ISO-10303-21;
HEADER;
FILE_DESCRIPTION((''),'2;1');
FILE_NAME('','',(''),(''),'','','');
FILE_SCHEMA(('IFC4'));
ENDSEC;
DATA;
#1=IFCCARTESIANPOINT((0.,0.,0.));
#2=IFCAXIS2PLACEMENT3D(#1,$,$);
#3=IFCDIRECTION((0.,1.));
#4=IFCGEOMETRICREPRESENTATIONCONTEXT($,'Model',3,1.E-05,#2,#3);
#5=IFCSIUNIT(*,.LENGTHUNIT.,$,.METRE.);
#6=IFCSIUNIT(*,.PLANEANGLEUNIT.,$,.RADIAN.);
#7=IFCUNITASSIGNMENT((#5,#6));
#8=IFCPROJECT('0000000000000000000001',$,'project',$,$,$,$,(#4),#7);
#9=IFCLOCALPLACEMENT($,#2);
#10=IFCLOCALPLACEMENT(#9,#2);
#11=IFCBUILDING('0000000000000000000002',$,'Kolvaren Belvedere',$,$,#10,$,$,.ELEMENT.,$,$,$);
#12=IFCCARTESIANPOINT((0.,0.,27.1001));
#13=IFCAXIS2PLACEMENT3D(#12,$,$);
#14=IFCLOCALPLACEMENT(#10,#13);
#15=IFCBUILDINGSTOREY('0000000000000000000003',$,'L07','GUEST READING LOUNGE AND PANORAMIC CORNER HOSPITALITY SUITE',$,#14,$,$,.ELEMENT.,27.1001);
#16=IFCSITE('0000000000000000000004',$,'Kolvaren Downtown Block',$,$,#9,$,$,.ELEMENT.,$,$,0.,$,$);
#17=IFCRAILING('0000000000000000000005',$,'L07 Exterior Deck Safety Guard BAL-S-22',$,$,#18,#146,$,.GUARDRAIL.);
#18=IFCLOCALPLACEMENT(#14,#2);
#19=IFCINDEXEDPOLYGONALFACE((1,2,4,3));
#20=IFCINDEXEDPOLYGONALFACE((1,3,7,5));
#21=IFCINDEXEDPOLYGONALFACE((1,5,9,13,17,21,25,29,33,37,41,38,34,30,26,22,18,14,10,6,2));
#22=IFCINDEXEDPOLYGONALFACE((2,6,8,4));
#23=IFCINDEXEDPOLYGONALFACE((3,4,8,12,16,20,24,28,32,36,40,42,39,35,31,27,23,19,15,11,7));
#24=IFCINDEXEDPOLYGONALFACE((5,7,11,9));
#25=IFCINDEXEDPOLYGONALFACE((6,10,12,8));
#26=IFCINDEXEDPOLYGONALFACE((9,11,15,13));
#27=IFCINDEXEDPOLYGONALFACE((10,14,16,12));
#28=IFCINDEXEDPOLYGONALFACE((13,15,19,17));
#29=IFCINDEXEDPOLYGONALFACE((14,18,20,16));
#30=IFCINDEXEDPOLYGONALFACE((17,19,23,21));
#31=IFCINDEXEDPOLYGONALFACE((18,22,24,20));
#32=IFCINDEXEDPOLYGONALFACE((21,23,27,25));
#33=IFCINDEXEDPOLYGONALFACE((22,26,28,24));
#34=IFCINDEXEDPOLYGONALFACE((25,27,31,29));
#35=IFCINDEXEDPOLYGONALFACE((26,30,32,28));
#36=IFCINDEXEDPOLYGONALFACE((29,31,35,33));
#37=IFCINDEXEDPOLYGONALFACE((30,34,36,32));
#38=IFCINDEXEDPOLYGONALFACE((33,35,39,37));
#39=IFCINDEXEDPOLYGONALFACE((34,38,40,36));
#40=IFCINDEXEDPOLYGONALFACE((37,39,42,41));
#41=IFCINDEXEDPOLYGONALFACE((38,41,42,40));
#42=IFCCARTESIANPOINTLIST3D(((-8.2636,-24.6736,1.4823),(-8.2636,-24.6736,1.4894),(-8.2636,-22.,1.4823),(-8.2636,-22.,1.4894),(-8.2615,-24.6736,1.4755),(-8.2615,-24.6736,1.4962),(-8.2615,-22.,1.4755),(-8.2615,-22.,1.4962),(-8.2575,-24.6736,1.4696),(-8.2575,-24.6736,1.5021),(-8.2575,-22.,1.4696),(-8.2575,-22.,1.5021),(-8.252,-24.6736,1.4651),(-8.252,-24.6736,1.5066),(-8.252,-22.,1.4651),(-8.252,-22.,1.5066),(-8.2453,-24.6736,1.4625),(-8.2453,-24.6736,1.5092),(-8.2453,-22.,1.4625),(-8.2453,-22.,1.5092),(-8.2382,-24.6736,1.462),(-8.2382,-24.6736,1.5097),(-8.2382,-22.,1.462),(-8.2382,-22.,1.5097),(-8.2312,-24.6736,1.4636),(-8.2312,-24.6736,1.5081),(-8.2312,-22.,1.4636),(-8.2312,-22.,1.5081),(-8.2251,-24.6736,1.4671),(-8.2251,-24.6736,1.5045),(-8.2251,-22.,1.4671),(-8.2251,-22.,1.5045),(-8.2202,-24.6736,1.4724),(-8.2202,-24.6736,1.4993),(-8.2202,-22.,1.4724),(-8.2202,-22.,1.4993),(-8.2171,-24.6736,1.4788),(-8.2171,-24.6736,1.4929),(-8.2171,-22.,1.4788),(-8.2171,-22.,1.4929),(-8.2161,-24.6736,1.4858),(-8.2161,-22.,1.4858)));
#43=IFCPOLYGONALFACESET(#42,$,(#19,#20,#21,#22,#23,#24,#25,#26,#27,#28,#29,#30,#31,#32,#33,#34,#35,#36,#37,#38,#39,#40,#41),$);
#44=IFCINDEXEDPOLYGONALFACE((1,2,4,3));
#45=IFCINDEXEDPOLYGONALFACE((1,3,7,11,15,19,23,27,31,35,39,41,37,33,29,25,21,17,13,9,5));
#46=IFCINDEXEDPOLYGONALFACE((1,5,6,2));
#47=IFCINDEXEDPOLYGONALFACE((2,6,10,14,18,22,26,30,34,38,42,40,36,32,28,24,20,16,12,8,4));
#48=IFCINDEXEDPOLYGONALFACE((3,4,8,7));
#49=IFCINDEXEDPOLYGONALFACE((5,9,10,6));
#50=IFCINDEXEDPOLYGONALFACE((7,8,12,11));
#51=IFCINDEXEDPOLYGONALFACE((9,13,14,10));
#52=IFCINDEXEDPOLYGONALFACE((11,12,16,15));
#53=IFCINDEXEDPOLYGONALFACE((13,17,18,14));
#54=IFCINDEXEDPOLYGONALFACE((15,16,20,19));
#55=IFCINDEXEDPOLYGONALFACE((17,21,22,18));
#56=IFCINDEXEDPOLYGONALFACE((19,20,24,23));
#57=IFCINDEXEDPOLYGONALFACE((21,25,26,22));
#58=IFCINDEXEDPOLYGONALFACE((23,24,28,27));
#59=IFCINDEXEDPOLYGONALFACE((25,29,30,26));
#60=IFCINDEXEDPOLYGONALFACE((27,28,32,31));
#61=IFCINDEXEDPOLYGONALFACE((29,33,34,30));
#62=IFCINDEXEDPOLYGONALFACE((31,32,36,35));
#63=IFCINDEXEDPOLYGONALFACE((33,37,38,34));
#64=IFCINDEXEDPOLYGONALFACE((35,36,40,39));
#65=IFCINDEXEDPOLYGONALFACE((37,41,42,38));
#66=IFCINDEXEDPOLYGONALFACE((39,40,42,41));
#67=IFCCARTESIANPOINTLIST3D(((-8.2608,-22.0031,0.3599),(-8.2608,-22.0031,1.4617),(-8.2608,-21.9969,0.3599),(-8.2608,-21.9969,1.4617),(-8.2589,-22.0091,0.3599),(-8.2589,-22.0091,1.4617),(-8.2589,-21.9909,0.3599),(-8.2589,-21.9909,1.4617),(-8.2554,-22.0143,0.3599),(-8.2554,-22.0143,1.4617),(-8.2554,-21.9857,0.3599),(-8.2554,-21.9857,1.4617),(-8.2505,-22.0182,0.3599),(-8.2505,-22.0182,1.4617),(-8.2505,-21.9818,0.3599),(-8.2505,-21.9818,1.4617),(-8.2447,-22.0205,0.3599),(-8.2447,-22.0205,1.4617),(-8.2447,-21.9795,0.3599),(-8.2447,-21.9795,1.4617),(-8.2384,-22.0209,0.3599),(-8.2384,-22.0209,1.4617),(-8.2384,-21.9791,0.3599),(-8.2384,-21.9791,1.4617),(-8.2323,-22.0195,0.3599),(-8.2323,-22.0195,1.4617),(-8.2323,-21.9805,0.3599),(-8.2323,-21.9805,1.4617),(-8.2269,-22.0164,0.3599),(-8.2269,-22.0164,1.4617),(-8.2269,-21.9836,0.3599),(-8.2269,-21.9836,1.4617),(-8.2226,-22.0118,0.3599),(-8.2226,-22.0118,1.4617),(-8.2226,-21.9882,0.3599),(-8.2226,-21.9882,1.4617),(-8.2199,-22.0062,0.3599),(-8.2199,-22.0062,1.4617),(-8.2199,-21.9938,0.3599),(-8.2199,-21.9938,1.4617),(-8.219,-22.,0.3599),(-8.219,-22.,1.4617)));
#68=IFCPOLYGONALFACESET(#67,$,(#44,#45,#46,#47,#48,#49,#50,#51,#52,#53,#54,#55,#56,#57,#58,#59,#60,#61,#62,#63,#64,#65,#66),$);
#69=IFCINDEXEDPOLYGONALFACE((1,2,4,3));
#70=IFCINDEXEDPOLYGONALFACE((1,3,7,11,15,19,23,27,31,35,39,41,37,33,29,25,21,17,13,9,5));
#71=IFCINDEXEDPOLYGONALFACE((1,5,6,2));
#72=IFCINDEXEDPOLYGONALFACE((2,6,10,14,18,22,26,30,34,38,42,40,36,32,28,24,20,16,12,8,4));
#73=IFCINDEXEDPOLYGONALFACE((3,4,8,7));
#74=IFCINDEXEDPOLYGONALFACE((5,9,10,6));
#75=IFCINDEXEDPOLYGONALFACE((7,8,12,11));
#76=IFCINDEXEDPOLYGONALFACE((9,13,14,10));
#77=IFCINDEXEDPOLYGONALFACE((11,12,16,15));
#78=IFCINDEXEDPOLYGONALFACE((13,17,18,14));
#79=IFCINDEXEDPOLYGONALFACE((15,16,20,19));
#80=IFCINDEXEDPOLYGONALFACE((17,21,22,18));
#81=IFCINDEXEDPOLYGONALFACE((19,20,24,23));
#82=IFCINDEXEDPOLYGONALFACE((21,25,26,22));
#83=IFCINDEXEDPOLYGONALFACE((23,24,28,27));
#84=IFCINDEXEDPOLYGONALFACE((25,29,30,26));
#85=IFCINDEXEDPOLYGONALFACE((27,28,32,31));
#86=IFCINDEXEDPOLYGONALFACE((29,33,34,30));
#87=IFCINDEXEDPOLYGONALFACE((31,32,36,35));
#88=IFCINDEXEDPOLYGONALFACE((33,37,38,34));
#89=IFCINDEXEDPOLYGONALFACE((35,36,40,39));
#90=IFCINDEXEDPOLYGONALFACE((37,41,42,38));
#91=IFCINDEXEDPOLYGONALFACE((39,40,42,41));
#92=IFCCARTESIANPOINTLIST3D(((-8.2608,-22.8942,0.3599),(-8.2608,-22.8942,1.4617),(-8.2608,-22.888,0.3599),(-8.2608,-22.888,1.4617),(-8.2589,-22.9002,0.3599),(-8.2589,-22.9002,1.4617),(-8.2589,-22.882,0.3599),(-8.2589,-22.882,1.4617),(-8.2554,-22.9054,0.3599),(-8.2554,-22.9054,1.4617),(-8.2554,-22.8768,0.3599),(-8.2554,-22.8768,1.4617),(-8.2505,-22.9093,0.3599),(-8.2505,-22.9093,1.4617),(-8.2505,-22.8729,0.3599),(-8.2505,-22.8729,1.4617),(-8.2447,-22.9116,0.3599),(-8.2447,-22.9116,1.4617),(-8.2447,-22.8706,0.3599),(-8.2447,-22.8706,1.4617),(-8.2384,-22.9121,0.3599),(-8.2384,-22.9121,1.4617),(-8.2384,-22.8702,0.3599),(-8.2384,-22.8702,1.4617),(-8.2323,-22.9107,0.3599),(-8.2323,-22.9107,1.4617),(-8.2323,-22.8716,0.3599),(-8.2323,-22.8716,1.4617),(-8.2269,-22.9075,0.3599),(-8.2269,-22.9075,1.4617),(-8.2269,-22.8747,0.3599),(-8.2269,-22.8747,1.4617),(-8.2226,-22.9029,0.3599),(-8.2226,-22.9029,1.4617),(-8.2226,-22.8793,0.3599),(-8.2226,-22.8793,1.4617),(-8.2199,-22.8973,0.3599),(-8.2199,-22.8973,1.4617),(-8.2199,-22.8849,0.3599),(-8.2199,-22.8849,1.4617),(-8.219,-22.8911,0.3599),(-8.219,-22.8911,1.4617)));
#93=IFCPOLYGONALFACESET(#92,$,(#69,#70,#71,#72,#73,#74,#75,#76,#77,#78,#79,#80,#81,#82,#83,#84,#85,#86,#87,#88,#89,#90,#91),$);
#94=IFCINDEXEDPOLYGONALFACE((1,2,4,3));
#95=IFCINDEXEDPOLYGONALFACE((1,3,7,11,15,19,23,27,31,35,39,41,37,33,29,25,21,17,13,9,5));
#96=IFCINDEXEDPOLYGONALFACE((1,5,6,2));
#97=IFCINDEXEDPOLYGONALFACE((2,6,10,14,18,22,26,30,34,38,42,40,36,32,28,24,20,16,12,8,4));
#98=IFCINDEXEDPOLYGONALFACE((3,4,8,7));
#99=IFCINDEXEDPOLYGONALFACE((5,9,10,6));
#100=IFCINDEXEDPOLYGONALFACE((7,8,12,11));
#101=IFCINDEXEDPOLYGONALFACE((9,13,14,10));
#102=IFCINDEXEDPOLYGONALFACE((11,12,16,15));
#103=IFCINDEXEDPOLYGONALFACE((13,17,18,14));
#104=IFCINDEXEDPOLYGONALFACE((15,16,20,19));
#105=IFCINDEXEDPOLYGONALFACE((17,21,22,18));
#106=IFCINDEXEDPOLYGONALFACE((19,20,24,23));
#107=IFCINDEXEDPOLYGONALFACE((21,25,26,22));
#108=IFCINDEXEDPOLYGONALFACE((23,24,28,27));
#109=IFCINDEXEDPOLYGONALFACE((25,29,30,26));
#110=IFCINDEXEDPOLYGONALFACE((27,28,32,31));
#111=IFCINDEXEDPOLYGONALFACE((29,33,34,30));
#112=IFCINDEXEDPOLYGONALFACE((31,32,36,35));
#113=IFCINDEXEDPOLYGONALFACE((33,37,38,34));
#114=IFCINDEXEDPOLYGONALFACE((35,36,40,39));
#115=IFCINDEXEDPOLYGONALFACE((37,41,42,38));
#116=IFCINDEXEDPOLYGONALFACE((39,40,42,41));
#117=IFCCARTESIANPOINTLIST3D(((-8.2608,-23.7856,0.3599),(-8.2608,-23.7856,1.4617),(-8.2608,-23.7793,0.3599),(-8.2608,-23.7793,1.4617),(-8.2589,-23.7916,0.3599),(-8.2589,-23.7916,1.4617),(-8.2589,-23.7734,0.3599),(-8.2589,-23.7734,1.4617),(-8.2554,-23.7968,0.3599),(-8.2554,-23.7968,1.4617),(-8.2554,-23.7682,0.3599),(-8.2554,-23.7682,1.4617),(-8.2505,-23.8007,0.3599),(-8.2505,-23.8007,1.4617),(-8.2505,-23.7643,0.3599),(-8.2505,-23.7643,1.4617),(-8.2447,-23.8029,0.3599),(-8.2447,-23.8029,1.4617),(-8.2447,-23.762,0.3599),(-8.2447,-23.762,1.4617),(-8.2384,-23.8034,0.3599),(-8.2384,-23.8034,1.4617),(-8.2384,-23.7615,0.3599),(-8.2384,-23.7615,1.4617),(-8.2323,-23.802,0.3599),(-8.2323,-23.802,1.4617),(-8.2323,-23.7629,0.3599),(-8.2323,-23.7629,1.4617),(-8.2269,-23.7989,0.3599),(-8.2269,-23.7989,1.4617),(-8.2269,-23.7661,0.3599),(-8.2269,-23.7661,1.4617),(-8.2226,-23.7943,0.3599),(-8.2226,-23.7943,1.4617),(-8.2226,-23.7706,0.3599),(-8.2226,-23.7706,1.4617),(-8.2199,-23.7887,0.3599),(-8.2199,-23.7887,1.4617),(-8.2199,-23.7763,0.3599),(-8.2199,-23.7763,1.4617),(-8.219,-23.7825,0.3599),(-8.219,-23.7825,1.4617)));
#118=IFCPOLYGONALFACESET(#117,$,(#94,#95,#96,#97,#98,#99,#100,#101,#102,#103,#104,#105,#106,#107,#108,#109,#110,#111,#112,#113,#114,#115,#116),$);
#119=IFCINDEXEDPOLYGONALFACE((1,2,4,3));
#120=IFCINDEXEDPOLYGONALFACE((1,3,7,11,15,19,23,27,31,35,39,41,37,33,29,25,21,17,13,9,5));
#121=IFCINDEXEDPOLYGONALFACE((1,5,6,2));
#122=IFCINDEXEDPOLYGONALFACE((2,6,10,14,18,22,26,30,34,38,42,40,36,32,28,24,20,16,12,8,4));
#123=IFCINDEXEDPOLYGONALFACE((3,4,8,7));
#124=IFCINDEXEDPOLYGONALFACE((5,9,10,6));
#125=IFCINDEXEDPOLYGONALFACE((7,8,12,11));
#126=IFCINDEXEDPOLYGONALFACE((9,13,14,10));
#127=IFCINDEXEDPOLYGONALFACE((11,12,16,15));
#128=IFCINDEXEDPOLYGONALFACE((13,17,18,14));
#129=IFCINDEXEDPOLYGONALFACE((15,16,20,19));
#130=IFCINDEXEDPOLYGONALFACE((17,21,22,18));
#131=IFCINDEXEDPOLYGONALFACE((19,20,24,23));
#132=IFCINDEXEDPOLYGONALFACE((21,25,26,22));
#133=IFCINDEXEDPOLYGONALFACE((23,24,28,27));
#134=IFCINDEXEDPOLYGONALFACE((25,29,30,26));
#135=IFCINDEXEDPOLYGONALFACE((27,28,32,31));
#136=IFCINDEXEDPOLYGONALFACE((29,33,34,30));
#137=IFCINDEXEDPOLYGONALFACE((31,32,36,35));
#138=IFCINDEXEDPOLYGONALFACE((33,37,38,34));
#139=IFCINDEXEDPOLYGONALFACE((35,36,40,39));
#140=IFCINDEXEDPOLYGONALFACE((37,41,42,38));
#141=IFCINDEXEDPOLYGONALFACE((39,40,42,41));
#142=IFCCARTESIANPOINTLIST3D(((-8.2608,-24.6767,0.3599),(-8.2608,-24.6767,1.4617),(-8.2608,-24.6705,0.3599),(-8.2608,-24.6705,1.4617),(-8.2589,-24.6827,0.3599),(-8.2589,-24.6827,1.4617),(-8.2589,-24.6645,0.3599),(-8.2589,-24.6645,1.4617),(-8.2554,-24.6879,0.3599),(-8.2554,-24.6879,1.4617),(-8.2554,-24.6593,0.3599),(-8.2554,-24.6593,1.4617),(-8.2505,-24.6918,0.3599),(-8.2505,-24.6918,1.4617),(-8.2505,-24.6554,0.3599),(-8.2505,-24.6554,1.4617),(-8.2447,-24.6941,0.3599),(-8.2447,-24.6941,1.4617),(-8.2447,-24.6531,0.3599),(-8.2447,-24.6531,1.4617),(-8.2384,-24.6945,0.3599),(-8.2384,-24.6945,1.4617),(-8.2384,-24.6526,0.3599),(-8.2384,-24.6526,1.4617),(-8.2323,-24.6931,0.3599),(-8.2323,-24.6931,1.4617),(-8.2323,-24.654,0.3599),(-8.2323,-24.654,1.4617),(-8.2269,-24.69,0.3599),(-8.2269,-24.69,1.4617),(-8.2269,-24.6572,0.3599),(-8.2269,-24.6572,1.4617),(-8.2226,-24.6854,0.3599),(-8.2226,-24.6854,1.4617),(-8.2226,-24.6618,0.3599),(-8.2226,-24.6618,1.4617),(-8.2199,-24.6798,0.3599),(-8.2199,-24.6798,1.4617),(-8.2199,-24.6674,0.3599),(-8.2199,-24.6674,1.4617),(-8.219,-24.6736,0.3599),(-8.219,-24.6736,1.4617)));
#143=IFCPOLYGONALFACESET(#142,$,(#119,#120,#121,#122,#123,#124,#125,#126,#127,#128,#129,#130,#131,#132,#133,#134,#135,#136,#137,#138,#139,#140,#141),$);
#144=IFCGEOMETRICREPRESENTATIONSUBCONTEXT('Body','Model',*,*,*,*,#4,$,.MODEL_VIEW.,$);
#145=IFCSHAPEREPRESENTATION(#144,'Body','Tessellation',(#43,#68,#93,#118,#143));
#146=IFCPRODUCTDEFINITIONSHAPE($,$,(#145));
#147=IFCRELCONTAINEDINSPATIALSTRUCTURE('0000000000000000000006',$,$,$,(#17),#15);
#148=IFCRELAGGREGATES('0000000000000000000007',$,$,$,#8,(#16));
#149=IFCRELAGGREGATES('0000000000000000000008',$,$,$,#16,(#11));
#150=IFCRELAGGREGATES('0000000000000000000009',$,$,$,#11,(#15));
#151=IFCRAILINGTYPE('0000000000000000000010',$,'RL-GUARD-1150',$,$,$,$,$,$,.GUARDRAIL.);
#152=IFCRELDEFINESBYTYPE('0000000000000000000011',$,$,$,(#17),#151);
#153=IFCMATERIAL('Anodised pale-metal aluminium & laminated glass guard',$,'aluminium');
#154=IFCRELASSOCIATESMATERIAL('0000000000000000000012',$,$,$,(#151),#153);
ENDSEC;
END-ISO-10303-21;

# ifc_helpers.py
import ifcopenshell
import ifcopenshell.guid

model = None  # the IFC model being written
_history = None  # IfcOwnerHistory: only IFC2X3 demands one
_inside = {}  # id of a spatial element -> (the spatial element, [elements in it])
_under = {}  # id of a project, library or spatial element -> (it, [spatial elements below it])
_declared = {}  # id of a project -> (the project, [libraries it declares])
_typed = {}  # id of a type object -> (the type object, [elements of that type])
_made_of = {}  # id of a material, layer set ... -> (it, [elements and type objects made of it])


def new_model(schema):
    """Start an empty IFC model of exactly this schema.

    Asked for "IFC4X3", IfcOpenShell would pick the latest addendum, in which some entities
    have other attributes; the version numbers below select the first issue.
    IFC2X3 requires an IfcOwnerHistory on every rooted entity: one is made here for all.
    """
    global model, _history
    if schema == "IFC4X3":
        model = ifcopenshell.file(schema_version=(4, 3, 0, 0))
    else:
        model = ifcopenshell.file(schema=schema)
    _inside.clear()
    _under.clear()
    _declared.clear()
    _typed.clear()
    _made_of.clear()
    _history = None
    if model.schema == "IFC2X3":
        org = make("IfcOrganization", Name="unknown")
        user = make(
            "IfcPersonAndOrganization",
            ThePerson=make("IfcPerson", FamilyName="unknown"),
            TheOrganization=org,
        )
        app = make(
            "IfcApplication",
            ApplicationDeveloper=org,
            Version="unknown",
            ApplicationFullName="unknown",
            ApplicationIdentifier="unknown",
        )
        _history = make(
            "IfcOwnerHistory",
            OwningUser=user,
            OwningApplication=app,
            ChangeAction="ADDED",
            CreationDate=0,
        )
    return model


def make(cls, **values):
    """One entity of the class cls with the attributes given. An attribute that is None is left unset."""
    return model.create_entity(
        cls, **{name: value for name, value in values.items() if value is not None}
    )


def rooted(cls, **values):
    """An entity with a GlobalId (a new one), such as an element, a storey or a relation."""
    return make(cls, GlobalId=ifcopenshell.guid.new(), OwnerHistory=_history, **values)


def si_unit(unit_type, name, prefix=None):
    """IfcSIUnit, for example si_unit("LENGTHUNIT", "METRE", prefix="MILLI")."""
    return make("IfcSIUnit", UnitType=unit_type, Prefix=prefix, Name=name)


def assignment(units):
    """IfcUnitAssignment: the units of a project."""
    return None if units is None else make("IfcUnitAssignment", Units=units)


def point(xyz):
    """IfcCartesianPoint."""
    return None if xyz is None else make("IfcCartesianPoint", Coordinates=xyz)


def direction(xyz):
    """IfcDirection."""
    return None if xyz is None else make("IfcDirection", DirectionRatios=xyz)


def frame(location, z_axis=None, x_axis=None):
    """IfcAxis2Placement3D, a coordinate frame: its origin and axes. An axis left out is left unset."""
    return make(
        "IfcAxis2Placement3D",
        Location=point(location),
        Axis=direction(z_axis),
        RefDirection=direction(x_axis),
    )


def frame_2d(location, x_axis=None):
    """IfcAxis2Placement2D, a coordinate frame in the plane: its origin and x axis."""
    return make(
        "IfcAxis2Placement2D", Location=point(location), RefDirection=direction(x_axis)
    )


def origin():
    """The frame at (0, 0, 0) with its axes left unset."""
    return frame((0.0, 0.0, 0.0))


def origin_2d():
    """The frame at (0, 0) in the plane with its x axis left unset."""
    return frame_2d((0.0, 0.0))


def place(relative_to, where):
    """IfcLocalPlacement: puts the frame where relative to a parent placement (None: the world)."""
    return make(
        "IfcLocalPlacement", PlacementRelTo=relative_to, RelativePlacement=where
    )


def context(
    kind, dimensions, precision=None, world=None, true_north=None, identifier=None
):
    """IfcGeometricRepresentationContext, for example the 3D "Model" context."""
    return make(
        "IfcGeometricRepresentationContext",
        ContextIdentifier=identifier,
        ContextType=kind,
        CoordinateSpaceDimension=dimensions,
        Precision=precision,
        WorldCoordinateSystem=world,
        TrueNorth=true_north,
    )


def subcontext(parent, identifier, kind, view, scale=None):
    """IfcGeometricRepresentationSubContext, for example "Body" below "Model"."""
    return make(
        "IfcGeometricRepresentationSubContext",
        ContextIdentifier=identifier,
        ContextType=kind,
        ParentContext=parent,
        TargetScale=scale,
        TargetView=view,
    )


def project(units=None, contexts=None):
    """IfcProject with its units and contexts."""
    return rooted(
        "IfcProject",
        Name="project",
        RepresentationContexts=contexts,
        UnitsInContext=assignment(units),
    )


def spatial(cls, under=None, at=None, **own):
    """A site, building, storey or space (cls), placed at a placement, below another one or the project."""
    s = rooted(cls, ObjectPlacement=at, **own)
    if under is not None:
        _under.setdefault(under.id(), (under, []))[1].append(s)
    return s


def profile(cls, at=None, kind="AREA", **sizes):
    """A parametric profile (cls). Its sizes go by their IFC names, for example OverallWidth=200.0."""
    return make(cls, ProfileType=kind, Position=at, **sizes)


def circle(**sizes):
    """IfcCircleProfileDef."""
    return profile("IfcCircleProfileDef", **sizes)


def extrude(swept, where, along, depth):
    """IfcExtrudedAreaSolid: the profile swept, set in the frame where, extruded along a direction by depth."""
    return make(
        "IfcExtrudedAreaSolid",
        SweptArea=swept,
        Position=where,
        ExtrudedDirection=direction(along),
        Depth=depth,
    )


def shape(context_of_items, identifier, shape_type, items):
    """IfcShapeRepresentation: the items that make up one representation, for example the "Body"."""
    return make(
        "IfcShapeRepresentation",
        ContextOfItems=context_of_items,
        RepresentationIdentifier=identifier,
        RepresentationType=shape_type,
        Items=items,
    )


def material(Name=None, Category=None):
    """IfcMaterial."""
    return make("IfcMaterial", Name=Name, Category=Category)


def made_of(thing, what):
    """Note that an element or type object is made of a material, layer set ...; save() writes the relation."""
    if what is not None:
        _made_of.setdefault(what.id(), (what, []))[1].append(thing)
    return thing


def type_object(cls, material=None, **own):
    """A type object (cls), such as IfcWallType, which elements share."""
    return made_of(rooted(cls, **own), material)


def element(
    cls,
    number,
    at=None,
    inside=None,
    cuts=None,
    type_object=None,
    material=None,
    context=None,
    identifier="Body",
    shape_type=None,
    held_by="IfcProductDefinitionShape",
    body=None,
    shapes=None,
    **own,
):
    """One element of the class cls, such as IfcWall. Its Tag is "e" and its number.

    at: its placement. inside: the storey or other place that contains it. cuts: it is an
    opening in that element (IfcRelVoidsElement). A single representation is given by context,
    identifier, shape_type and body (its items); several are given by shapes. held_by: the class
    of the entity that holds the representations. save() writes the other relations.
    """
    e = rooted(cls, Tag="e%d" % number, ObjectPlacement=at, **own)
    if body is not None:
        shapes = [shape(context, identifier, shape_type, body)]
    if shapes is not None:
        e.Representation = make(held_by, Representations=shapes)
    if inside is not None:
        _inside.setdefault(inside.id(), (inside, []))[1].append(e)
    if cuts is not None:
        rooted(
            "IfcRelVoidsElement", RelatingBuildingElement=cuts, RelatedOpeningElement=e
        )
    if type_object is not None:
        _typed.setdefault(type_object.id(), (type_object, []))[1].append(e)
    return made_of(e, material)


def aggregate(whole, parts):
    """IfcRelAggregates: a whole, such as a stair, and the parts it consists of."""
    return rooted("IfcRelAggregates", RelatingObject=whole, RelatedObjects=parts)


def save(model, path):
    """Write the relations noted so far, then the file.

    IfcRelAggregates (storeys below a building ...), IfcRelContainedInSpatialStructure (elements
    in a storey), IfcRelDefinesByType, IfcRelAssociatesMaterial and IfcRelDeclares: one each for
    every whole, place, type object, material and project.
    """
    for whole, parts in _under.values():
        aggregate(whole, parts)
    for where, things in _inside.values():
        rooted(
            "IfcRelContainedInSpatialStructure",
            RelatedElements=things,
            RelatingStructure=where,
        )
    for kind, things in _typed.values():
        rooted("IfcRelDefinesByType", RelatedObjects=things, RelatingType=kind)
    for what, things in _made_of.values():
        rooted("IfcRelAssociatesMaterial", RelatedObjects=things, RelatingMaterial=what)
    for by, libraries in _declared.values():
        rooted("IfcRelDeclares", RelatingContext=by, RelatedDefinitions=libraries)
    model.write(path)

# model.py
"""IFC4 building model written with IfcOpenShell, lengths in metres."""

from ifc_helpers import new_model, si_unit, direction, frame, origin, origin_2d, place, context, subcontext, project, spatial, circle, extrude, material, type_object, element, save


model = new_model("IFC4")

# Units and contexts
model_context = context("Model", 3, precision=1e-05, world=origin(), true_north=direction((0.0, 1.0)))
body_context = subcontext(model_context, "Body", "Model", "MODEL_VIEW")
ifc_project = project(units=[si_unit("LENGTHUNIT", "METRE"), si_unit("PLANEANGLEUNIT", "RADIAN")], contexts=[model_context])

# Site, building, storey
site_placement = place(None, origin())
site = spatial("IfcSite", under=ifc_project, at=site_placement, Name="Kolvaren Downtown Block", CompositionType="ELEMENT", RefElevation=0.0)
building_placement = place(site_placement, origin())
building = spatial("IfcBuilding", under=site, at=building_placement, Name="Kolvaren Belvedere", CompositionType="ELEMENT")
storey_placement = place(building_placement, frame((0.0, 0.0, 27.1001)))
storey = spatial("IfcBuildingStorey", under=building, at=storey_placement, Name="L07", Description="GUEST READING LOUNGE AND PANORAMIC CORNER HOSPITALITY SUITE", CompositionType="ELEMENT", Elevation=27.1001)

# Railing
ifc_material_1 = material(Name="Anodised pale-metal aluminium & laminated glass guard", Category="aluminium")
railing_type = type_object("IfcRailingType", Name="RL-GUARD-1150", PredefinedType="GUARDRAIL", material=ifc_material_1)
railing_1_placement = place(storey_placement, frame((-8.24, -22.0, 0.3599)))
element("IfcRailing", 1, at=railing_1_placement, inside=storey, type_object=railing_type, Name="L07 Exterior Deck Safety Guard BAL-S-22", PredefinedType="GUARDRAIL", context=body_context, shape_type="SweptSolid", body=[
    extrude(circle(Radius=0.0239, at=origin_2d()), frame((0.0, 0.0, 1.126), z_axis=(0.0, -1.0, 0.0), x_axis=(1.0, 0.0, 0.0)), (0.0, 0.0, 1.0), 2.6736),
    extrude(circle(Radius=0.021, at=origin_2d()), origin(), (0.0, 0.0, 1.0), 1.1018),
    extrude(circle(Radius=0.021, at=origin_2d()), frame((0.0, -0.8911, 0.0)), (0.0, 0.0, 1.0), 1.1018),
    extrude(circle(Radius=0.021, at=origin_2d()), frame((0.0, -1.7825, 0.0)), (0.0, 0.0, 1.0), 1.1018),
    extrude(circle(Radius=0.021, at=origin_2d()), frame((0.0, -2.6736, 0.0)), (0.0, 0.0, 1.0), 1.1018),
])

save(model, "model.ifc")
